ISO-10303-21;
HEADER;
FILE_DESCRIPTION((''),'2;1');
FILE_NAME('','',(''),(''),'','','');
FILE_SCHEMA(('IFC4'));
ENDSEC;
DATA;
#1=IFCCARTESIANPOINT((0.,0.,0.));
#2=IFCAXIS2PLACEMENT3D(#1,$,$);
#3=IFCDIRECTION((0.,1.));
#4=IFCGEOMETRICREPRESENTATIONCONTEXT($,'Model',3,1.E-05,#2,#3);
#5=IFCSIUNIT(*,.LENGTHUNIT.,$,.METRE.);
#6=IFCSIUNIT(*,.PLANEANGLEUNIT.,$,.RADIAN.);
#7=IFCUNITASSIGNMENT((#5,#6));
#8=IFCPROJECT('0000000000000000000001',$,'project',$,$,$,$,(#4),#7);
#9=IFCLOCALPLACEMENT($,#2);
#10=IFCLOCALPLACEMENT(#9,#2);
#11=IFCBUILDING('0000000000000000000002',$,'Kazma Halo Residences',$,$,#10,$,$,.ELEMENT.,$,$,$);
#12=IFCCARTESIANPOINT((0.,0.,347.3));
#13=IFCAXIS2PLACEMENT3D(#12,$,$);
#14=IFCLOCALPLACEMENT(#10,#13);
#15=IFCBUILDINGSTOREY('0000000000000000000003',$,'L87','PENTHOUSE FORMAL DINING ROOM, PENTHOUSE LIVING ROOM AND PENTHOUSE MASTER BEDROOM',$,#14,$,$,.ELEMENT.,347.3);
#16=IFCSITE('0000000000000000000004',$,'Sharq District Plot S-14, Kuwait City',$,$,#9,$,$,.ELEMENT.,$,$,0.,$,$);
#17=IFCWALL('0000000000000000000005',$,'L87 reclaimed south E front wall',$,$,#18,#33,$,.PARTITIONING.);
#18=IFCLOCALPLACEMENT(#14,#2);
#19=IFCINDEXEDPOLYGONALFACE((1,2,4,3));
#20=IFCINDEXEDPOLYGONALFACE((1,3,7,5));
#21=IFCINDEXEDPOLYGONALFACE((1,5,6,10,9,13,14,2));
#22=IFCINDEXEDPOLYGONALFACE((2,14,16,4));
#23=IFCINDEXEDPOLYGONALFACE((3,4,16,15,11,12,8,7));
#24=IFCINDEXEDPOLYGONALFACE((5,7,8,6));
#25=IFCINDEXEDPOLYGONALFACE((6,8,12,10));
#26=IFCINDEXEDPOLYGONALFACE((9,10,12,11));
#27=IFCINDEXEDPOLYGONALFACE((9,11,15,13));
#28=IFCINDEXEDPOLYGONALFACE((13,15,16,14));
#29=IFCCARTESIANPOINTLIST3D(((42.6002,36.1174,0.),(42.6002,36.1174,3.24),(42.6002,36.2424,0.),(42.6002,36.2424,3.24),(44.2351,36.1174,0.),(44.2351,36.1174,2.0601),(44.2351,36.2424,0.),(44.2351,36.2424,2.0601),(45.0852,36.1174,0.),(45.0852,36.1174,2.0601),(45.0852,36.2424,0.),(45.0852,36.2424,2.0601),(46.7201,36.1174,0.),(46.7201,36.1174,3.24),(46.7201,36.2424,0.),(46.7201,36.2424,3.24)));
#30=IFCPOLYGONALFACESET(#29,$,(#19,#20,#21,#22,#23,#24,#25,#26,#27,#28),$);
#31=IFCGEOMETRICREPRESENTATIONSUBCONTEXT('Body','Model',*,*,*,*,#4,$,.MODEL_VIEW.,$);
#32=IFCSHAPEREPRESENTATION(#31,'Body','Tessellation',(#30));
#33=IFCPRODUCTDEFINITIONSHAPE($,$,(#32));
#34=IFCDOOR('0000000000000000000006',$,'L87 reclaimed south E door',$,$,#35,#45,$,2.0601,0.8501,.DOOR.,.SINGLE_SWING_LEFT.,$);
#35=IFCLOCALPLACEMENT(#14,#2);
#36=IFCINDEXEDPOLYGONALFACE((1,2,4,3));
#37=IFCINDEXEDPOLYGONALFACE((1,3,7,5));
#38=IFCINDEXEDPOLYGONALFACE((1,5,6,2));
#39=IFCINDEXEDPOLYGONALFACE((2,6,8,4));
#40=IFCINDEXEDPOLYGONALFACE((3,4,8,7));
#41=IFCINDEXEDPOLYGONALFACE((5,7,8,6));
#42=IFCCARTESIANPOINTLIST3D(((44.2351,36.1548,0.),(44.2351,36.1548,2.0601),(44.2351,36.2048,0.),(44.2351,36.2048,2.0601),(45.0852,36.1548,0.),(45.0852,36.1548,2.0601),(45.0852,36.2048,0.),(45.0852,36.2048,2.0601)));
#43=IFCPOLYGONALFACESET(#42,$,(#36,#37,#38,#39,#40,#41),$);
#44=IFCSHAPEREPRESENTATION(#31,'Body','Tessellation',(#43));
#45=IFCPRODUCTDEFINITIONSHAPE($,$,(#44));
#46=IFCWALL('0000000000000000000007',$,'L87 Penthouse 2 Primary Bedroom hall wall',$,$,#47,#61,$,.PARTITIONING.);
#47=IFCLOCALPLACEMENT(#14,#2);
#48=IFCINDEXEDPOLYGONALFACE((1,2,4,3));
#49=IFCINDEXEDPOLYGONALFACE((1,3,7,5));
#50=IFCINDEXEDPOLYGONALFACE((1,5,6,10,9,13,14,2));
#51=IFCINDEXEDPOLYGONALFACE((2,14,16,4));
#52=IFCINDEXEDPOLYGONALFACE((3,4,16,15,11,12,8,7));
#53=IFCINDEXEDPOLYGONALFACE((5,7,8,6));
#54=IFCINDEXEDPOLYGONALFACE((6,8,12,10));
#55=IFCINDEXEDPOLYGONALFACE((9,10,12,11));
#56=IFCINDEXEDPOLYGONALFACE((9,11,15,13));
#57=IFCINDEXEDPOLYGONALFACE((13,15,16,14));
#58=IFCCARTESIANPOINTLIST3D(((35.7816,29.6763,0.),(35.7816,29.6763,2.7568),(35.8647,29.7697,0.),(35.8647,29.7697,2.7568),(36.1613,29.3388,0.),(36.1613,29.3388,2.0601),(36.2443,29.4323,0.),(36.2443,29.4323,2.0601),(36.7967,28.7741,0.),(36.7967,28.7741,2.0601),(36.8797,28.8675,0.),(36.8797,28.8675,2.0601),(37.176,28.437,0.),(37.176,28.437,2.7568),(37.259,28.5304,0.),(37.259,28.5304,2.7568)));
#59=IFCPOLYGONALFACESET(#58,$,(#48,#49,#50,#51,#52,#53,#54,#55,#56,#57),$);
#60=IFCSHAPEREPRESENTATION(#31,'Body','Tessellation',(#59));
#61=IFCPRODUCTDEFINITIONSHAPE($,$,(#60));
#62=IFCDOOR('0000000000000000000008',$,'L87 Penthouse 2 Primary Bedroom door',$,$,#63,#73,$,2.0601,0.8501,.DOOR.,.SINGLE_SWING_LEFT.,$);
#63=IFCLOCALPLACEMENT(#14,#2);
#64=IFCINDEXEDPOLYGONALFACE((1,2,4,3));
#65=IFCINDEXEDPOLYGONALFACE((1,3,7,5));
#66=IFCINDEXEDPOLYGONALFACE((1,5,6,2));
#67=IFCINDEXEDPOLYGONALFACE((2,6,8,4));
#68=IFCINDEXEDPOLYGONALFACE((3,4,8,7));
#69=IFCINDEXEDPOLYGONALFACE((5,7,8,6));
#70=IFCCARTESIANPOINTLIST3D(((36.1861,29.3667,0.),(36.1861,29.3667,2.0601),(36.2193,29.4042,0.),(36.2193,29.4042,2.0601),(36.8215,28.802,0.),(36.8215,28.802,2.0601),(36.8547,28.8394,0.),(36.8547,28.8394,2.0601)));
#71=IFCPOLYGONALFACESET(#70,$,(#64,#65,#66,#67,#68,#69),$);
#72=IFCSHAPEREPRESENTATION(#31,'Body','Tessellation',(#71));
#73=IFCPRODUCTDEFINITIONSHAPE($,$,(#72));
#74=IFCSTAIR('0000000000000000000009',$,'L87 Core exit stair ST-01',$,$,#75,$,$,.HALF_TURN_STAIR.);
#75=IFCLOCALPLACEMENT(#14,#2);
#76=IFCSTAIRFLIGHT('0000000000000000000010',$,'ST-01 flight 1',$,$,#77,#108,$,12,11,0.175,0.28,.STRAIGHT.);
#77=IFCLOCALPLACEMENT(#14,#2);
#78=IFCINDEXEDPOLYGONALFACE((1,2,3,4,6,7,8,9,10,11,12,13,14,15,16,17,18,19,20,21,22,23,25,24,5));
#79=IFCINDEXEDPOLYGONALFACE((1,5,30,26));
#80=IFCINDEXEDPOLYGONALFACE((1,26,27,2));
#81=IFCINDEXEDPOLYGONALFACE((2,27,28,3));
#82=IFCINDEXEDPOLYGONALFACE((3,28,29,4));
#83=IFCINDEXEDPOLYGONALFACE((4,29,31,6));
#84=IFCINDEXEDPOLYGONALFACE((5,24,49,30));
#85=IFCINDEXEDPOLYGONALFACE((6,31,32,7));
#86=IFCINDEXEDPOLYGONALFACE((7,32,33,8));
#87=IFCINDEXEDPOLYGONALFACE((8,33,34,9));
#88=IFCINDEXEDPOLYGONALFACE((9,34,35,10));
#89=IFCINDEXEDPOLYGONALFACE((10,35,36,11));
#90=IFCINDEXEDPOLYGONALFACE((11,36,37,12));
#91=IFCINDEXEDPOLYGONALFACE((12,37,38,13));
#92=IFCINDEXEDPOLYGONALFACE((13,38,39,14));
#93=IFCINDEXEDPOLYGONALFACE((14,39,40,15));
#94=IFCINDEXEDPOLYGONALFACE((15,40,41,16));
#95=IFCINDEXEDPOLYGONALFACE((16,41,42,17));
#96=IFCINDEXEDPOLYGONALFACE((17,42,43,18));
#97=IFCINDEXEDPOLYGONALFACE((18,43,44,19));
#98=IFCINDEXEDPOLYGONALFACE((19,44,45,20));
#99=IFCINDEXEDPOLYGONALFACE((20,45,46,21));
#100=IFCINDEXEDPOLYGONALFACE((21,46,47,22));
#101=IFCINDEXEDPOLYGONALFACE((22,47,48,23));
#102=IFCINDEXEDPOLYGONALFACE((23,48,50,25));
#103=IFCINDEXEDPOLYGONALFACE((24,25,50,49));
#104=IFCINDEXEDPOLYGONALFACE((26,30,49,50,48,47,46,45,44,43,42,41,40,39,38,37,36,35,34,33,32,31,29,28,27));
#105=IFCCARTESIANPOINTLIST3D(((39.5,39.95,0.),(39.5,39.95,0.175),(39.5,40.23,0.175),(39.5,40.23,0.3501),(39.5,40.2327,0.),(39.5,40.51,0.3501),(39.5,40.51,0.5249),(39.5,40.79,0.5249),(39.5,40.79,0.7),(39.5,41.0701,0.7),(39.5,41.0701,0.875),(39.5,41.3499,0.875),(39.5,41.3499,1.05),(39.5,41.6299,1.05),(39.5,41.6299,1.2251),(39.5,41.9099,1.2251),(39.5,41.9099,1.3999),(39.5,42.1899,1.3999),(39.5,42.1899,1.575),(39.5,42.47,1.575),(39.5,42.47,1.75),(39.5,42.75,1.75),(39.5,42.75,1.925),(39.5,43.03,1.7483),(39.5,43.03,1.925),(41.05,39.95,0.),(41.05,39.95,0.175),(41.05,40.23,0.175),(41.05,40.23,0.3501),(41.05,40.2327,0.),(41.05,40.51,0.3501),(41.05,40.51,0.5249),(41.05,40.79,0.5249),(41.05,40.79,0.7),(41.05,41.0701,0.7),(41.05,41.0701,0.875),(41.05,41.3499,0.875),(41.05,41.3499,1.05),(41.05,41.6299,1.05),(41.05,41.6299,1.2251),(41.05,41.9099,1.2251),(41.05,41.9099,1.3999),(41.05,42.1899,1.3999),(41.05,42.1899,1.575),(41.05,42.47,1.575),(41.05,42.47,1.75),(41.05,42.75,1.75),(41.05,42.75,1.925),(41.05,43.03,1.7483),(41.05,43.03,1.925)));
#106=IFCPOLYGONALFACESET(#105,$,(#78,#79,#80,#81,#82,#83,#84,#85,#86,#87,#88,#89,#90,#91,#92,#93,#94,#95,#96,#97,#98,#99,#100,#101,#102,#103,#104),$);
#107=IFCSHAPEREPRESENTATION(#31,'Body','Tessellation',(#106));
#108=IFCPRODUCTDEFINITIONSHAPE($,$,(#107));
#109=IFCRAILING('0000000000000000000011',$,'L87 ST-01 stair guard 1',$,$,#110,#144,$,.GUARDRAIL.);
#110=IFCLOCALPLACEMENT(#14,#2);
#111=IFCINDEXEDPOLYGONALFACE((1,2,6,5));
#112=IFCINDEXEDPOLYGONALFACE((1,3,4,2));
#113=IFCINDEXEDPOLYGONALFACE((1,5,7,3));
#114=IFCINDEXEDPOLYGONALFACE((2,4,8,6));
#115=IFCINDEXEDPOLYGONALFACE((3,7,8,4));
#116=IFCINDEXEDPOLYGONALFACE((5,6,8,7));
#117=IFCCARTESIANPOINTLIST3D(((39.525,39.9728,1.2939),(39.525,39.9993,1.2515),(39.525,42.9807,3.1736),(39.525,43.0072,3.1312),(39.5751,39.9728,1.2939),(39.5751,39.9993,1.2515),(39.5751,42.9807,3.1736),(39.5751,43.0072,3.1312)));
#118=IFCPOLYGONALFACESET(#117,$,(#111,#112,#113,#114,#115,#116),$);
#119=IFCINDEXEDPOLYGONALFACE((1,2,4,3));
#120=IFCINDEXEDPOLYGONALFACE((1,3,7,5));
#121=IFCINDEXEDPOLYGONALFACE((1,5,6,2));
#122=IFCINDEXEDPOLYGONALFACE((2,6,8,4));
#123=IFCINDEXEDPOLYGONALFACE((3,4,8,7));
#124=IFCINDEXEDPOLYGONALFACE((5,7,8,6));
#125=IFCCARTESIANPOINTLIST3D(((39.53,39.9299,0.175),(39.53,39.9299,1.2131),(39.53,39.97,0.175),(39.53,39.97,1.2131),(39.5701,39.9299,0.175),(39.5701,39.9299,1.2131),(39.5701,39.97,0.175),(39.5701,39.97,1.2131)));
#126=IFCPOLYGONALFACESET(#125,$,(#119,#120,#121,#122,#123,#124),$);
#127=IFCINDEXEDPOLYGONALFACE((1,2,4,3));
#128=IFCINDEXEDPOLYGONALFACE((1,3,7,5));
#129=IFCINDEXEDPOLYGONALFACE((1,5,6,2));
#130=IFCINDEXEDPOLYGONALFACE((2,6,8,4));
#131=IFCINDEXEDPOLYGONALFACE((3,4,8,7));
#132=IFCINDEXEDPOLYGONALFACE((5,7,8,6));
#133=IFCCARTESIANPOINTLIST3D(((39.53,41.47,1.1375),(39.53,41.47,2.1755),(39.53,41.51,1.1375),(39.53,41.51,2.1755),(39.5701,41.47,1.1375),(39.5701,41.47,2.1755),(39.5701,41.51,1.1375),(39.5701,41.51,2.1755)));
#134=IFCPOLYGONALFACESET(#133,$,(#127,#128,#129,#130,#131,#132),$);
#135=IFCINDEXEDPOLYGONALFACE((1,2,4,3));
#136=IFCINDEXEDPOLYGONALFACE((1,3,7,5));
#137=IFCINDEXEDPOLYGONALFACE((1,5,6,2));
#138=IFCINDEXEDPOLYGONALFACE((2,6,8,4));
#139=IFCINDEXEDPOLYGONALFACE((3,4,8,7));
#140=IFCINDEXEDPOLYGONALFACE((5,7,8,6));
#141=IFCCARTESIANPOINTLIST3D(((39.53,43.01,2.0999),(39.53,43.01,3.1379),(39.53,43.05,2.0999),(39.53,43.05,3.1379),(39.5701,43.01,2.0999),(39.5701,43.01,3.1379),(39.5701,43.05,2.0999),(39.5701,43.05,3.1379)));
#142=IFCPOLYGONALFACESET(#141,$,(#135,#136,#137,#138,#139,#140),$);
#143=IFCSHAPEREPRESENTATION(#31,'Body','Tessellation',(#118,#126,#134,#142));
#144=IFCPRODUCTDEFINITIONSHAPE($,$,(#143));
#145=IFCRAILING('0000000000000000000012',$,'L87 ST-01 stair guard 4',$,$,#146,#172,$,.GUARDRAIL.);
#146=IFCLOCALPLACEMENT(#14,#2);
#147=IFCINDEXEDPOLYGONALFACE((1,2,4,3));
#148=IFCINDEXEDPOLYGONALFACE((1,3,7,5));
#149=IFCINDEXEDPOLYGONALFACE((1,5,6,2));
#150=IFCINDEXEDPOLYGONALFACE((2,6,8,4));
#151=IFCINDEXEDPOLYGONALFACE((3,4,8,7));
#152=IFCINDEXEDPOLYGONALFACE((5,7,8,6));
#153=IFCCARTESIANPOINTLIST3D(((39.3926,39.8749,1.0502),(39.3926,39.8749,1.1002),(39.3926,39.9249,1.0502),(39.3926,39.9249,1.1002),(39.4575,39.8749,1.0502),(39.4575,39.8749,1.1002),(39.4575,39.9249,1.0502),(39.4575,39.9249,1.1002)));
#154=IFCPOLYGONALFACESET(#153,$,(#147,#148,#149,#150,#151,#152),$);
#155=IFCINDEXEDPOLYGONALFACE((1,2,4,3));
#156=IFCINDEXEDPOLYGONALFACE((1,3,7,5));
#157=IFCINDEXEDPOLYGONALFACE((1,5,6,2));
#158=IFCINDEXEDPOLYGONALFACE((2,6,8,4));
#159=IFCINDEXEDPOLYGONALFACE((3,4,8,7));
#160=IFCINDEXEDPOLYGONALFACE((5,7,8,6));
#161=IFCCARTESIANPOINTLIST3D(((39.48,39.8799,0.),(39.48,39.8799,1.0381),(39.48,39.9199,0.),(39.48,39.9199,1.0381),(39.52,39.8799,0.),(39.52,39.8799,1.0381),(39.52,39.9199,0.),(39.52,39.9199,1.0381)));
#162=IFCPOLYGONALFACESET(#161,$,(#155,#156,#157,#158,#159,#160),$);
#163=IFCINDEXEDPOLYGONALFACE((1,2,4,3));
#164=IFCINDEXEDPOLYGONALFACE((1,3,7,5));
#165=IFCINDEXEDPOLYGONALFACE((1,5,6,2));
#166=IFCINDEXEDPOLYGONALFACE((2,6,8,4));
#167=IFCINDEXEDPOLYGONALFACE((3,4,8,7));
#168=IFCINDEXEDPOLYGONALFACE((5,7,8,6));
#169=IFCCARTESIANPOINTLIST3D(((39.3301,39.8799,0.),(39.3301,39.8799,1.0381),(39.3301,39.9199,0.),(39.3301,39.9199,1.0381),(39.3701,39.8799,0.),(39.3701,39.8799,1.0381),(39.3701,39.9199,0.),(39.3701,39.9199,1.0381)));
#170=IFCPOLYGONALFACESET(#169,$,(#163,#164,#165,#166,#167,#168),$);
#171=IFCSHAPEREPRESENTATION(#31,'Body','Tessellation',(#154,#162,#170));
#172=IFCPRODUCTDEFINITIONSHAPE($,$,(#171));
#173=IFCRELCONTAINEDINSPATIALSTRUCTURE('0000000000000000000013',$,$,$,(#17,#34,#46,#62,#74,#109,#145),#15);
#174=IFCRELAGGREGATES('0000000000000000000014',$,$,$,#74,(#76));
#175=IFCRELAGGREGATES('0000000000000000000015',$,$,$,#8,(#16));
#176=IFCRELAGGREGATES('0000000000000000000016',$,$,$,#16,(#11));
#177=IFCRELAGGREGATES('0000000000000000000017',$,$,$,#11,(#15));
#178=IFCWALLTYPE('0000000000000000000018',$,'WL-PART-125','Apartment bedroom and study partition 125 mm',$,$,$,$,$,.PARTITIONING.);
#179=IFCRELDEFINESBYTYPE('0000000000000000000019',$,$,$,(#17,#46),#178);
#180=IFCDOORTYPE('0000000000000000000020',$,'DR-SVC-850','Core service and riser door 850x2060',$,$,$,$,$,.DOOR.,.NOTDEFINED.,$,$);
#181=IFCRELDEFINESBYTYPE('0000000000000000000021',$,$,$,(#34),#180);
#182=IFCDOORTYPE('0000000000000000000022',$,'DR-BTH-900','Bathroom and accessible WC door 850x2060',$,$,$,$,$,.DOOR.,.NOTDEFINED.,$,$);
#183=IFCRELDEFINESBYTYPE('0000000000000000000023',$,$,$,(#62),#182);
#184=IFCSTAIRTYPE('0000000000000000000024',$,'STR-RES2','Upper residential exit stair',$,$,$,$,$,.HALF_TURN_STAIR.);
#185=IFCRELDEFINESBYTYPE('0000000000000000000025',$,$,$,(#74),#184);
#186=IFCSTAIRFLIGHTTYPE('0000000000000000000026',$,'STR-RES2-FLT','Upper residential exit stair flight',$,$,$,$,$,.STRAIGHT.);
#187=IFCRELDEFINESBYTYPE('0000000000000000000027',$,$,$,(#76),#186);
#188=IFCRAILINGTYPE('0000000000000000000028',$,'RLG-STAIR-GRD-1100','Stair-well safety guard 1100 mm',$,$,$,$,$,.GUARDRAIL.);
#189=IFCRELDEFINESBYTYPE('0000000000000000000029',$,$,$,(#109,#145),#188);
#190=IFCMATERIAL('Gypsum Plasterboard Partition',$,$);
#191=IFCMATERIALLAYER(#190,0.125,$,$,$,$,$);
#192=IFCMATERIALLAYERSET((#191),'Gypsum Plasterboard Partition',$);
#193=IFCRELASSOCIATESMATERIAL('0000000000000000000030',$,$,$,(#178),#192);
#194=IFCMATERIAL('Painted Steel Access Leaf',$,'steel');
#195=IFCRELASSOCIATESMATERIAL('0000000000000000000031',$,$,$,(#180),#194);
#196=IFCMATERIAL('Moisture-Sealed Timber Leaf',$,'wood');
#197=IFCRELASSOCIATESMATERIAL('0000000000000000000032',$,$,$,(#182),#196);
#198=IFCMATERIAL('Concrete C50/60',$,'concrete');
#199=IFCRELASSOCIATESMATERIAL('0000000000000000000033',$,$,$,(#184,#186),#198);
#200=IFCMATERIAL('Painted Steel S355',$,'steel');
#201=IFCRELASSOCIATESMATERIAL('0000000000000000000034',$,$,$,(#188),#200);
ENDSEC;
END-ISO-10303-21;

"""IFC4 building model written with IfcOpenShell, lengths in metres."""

from ifc_helpers import new_model, si_unit, direction, frame, frame_2d, origin, origin_2d, place, context, subcontext, project, spatial, polyline, rectangle, outline, extrude, material, layer, layer_set, type_object, element, fill, aggregate, save


model = new_model("IFC4")

# Units and contexts
model_context = context("Model", 3, precision=1e-05, world=origin(), true_north=direction((0.0, 1.0)))
body_context = subcontext(model_context, "Body", "Model", "MODEL_VIEW")
ifc_project = project(units=[si_unit("LENGTHUNIT", "METRE"), si_unit("PLANEANGLEUNIT", "RADIAN")], contexts=[model_context])

# Site, building, storey
site_placement = place(None, origin())
site = spatial("IfcSite", under=ifc_project, at=site_placement, Name="Sharq District Plot S-14, Kuwait City", CompositionType="ELEMENT", RefElevation=0.0)
building_placement = place(site_placement, origin())
building = spatial("IfcBuilding", under=site, at=building_placement, Name="Kazma Halo Residences", CompositionType="ELEMENT")
storey_placement = place(building_placement, frame((0.0, 0.0, 347.3)))
storey = spatial("IfcBuildingStorey", under=building, at=storey_placement, Name="L87", Description="PENTHOUSE FORMAL DINING ROOM, PENTHOUSE LIVING ROOM AND PENTHOUSE MASTER BEDROOM", CompositionType="ELEMENT", Elevation=347.3)

# Shared definitions
ifc_material_1 = material(Name="Gypsum Plasterboard Partition")
ifc_layer_1 = layer(ifc_material_1, 0.125)
ifc_layer_set_1 = layer_set([ifc_layer_1], Name="Gypsum Plasterboard Partition")
wall_type_1 = type_object("IfcWallType", Name="WL-PART-125", Description="Apartment bedroom and study partition 125 mm", PredefinedType="PARTITIONING", material=ifc_layer_set_1)

# Walls, openings, doors
ifc_material_2 = material(Name="Painted Steel Access Leaf", Category="steel")
door_type_1 = type_object("IfcDoorType", Name="DR-SVC-850", Description="Core service and riser door 850x2060", OperationType="NOTDEFINED", PredefinedType="DOOR", material=ifc_material_2)
wall_1_placement = place(storey_placement, frame((42.6001, 36.1799, 0.0), z_axis=(0.0, 0.0, 1.0), x_axis=(1.0, 0.0, 0.0)))
wall_1 = element("IfcWall", 1, at=wall_1_placement, inside=storey, type_object=wall_type_1, Name="L87 reclaimed south E front wall", PredefinedType="PARTITIONING", context=body_context, shape_type="SweptSolid", body=[
    extrude(rectangle(XDim=4.1199, YDim=0.125, at=frame_2d((2.0601, 0.0))), origin(), (0.0, 0.0, 1.0), 3.24),
])
opening_1_placement = place(wall_1_placement, frame((1.635, 0.0, 0.0)))
opening_1 = element("IfcOpeningElement", 2, at=opening_1_placement, cuts=wall_1, PredefinedType="OPENING", context=body_context, shape_type="SweptSolid", body=[
    extrude(rectangle(XDim=0.8501, YDim=2.0601, at=frame_2d((0.425, 1.03))), frame((0.0, 0.0725, 0.0), z_axis=(0.0, -1.0, 0.0), x_axis=(1.0, 0.0, 0.0)), (0.0, 0.0, 1.0), 0.145),
])
door_1_placement = place(opening_1_placement, origin())
door_1 = element("IfcDoor", 3, at=door_1_placement, inside=storey, type_object=door_type_1, Name="L87 reclaimed south E door", OperationType="SINGLE_SWING_LEFT", OverallHeight=2.0601, OverallWidth=0.8501, PredefinedType="DOOR", context=body_context, shape_type="SweptSolid", body=[
    extrude(rectangle(XDim=0.8501, YDim=2.0601, at=frame_2d((0.425, 1.03))), frame((0.0, 0.0249, 0.0), z_axis=(0.0, -1.0, 0.0), x_axis=(1.0, 0.0, 0.0)), (0.0, 0.0, 1.0), 0.05),
])
fill(opening_1, door_1)
wall_2_placement = place(storey_placement, frame((35.8232, 29.7229, 0.0), z_axis=(0.0, 0.0, 1.0), x_axis=(0.747438, -0.664331, 0.0)))
wall_2 = element("IfcWall", 4, at=wall_2_placement, inside=storey, type_object=wall_type_1, Name="L87 Penthouse 2 Primary Bedroom hall wall", PredefinedType="PARTITIONING", context=body_context, shape_type="SweptSolid", body=[
    extrude(rectangle(XDim=1.8655, YDim=0.125, at=frame_2d((0.9326, 0.0))), origin(), (0.0, 0.0, 1.0), 2.7568),
])
opening_2_placement = place(wall_2_placement, frame((0.5078, 0.0, 0.0)))
opening_2 = element("IfcOpeningElement", 5, at=opening_2_placement, cuts=wall_2, PredefinedType="OPENING", context=body_context, shape_type="SweptSolid", body=[
    extrude(rectangle(XDim=0.8501, YDim=2.0601, at=frame_2d((0.425, 1.03))), frame((0.0, 0.0725, 0.0), z_axis=(0.0, -1.0, 0.0), x_axis=(1.0, 0.0, 0.0)), (0.0, 0.0, 1.0), 0.145),
])
ifc_material_3 = material(Name="Moisture-Sealed Timber Leaf", Category="wood")
door_type_2 = type_object("IfcDoorType", Name="DR-BTH-900", Description="Bathroom and accessible WC door 850x2060", OperationType="NOTDEFINED", PredefinedType="DOOR", material=ifc_material_3)
door_2_placement = place(opening_2_placement, origin())
door_2 = element("IfcDoor", 6, at=door_2_placement, inside=storey, type_object=door_type_2, Name="L87 Penthouse 2 Primary Bedroom door", OperationType="SINGLE_SWING_LEFT", OverallHeight=2.0601, OverallWidth=0.8501, PredefinedType="DOOR", context=body_context, shape_type="SweptSolid", body=[
    extrude(rectangle(XDim=0.8501, YDim=2.0601, at=frame_2d((0.425, 1.03))), frame((0.0, 0.0249, 0.0), z_axis=(0.0, -1.0, 0.0), x_axis=(1.0, 0.0, 0.0)), (0.0, 0.0, 1.0), 0.05),
])
fill(opening_2, door_2)
ifc_material_4 = material(Name="Concrete C50/60", Category="concrete")

# Stair, stair flight
stair_type = type_object("IfcStairType", Name="STR-RES2", Description="Upper residential exit stair", PredefinedType="HALF_TURN_STAIR", material=ifc_material_4)
stair_placement = place(storey_placement, origin())
stair = element("IfcStair", 7, at=stair_placement, inside=storey, type_object=stair_type, Name="L87 Core exit stair ST-01", PredefinedType="HALF_TURN_STAIR")
stair_flight_type = type_object("IfcStairFlightType", Name="STR-RES2-FLT", Description="Upper residential exit stair flight", PredefinedType="STRAIGHT", material=ifc_material_4)
stair_flight_placement = place(storey_placement, frame((40.2749, 39.95, 0.0), z_axis=(0.0, 0.0, 1.0), x_axis=(0.0, 1.0, 0.0)))
stair_flight = element("IfcStairFlight", 8, at=stair_flight_placement, type_object=stair_flight_type, Name="ST-01 flight 1", NumberOfRisers=12, NumberOfTreads=11, PredefinedType="STRAIGHT", RiserHeight=0.175, TreadLength=0.28, context=body_context, shape_type="SweptSolid", body=[
    extrude(outline(polyline([(0.0, 0.0), (0.0, 0.175), (0.28, 0.175), (0.28, 0.3501), (0.5601, 0.3501), (0.5601, 0.5249), (0.8401, 0.5249), (0.8401, 0.7), (1.1201, 0.7), (1.1201, 0.875), (1.3999, 0.875), (1.3999, 1.05), (1.6799, 1.05), (1.6799, 1.2251), (1.96, 1.2251), (1.96, 1.3999), (2.24, 1.3999), (2.24, 1.575), (2.52, 1.575), (2.52, 1.75), (2.8, 1.75), (2.8, 1.925), (3.0801, 1.925), (3.0801, 2.1001), (3.0801, 1.7483), (0.2827, 0.0), (0.0, 0.0)])), frame((0.0, 0.7749, 0.0), z_axis=(0.0, -1.0, 0.0), x_axis=(1.0, 0.0, 0.0)), (0.0, 0.0, 1.0), 1.55),
])
aggregate(stair, [stair_flight])

# Railings
ifc_material_5 = material(Name="Painted Steel S355", Category="steel")
railing_type = type_object("IfcRailingType", Name="RLG-STAIR-GRD-1100", Description="Stair-well safety guard 1100 mm", PredefinedType="GUARDRAIL", material=ifc_material_5)
railing_1_placement = place(storey_placement, frame((39.55, 39.95, 0.175)))
element("IfcRailing", 9, at=railing_1_placement, inside=storey, type_object=railing_type, Name="L87 ST-01 stair guard 1", PredefinedType="GUARDRAIL", context=body_context, shape_type="SweptSolid", body=[
    extrude(rectangle(XDim=0.05, YDim=0.05, at=origin_2d()), frame((0.0, 0.0361, 1.0977), z_axis=(0.0, 0.848029, 0.529951), x_axis=(-1.0, 0.0, 0.0)), (0.0, 0.0, 1.0), 3.5469),
    extrude(rectangle(XDim=0.04, YDim=0.04, at=origin_2d()), origin(), (0.0, 0.0, 1.0), 1.0381),
    extrude(rectangle(XDim=0.04, YDim=0.04, at=origin_2d()), frame((0.0, 1.54, 0.9624)), (0.0, 0.0, 1.0), 1.0381),
    extrude(rectangle(XDim=0.04, YDim=0.04, at=origin_2d()), frame((0.0, 3.0801, 1.9248)), (0.0, 0.0, 1.0), 1.0381),
])
railing_2_placement = place(storey_placement, frame((39.5, 39.8999, 0.0)))
element("IfcRailing", 10, at=railing_2_placement, inside=storey, type_object=railing_type, Name="L87 ST-01 stair guard 4", PredefinedType="GUARDRAIL", context=body_context, shape_type="SweptSolid", body=[
    extrude(rectangle(XDim=0.05, YDim=0.05, at=origin_2d()), frame((-0.0425, 0.0, 1.0752), z_axis=(-1.0, 0.0, 0.0), x_axis=(0.0, -1.0, 0.0)), (0.0, 0.0, 1.0), 0.0649),
    extrude(rectangle(XDim=0.04, YDim=0.04, at=origin_2d()), origin(), (0.0, 0.0, 1.0), 1.0381),
    extrude(rectangle(XDim=0.04, YDim=0.04, at=origin_2d()), frame((-0.1499, 0.0, 0.0)), (0.0, 0.0, 1.0), 1.0381),
])

save(model, "model.ifc")
